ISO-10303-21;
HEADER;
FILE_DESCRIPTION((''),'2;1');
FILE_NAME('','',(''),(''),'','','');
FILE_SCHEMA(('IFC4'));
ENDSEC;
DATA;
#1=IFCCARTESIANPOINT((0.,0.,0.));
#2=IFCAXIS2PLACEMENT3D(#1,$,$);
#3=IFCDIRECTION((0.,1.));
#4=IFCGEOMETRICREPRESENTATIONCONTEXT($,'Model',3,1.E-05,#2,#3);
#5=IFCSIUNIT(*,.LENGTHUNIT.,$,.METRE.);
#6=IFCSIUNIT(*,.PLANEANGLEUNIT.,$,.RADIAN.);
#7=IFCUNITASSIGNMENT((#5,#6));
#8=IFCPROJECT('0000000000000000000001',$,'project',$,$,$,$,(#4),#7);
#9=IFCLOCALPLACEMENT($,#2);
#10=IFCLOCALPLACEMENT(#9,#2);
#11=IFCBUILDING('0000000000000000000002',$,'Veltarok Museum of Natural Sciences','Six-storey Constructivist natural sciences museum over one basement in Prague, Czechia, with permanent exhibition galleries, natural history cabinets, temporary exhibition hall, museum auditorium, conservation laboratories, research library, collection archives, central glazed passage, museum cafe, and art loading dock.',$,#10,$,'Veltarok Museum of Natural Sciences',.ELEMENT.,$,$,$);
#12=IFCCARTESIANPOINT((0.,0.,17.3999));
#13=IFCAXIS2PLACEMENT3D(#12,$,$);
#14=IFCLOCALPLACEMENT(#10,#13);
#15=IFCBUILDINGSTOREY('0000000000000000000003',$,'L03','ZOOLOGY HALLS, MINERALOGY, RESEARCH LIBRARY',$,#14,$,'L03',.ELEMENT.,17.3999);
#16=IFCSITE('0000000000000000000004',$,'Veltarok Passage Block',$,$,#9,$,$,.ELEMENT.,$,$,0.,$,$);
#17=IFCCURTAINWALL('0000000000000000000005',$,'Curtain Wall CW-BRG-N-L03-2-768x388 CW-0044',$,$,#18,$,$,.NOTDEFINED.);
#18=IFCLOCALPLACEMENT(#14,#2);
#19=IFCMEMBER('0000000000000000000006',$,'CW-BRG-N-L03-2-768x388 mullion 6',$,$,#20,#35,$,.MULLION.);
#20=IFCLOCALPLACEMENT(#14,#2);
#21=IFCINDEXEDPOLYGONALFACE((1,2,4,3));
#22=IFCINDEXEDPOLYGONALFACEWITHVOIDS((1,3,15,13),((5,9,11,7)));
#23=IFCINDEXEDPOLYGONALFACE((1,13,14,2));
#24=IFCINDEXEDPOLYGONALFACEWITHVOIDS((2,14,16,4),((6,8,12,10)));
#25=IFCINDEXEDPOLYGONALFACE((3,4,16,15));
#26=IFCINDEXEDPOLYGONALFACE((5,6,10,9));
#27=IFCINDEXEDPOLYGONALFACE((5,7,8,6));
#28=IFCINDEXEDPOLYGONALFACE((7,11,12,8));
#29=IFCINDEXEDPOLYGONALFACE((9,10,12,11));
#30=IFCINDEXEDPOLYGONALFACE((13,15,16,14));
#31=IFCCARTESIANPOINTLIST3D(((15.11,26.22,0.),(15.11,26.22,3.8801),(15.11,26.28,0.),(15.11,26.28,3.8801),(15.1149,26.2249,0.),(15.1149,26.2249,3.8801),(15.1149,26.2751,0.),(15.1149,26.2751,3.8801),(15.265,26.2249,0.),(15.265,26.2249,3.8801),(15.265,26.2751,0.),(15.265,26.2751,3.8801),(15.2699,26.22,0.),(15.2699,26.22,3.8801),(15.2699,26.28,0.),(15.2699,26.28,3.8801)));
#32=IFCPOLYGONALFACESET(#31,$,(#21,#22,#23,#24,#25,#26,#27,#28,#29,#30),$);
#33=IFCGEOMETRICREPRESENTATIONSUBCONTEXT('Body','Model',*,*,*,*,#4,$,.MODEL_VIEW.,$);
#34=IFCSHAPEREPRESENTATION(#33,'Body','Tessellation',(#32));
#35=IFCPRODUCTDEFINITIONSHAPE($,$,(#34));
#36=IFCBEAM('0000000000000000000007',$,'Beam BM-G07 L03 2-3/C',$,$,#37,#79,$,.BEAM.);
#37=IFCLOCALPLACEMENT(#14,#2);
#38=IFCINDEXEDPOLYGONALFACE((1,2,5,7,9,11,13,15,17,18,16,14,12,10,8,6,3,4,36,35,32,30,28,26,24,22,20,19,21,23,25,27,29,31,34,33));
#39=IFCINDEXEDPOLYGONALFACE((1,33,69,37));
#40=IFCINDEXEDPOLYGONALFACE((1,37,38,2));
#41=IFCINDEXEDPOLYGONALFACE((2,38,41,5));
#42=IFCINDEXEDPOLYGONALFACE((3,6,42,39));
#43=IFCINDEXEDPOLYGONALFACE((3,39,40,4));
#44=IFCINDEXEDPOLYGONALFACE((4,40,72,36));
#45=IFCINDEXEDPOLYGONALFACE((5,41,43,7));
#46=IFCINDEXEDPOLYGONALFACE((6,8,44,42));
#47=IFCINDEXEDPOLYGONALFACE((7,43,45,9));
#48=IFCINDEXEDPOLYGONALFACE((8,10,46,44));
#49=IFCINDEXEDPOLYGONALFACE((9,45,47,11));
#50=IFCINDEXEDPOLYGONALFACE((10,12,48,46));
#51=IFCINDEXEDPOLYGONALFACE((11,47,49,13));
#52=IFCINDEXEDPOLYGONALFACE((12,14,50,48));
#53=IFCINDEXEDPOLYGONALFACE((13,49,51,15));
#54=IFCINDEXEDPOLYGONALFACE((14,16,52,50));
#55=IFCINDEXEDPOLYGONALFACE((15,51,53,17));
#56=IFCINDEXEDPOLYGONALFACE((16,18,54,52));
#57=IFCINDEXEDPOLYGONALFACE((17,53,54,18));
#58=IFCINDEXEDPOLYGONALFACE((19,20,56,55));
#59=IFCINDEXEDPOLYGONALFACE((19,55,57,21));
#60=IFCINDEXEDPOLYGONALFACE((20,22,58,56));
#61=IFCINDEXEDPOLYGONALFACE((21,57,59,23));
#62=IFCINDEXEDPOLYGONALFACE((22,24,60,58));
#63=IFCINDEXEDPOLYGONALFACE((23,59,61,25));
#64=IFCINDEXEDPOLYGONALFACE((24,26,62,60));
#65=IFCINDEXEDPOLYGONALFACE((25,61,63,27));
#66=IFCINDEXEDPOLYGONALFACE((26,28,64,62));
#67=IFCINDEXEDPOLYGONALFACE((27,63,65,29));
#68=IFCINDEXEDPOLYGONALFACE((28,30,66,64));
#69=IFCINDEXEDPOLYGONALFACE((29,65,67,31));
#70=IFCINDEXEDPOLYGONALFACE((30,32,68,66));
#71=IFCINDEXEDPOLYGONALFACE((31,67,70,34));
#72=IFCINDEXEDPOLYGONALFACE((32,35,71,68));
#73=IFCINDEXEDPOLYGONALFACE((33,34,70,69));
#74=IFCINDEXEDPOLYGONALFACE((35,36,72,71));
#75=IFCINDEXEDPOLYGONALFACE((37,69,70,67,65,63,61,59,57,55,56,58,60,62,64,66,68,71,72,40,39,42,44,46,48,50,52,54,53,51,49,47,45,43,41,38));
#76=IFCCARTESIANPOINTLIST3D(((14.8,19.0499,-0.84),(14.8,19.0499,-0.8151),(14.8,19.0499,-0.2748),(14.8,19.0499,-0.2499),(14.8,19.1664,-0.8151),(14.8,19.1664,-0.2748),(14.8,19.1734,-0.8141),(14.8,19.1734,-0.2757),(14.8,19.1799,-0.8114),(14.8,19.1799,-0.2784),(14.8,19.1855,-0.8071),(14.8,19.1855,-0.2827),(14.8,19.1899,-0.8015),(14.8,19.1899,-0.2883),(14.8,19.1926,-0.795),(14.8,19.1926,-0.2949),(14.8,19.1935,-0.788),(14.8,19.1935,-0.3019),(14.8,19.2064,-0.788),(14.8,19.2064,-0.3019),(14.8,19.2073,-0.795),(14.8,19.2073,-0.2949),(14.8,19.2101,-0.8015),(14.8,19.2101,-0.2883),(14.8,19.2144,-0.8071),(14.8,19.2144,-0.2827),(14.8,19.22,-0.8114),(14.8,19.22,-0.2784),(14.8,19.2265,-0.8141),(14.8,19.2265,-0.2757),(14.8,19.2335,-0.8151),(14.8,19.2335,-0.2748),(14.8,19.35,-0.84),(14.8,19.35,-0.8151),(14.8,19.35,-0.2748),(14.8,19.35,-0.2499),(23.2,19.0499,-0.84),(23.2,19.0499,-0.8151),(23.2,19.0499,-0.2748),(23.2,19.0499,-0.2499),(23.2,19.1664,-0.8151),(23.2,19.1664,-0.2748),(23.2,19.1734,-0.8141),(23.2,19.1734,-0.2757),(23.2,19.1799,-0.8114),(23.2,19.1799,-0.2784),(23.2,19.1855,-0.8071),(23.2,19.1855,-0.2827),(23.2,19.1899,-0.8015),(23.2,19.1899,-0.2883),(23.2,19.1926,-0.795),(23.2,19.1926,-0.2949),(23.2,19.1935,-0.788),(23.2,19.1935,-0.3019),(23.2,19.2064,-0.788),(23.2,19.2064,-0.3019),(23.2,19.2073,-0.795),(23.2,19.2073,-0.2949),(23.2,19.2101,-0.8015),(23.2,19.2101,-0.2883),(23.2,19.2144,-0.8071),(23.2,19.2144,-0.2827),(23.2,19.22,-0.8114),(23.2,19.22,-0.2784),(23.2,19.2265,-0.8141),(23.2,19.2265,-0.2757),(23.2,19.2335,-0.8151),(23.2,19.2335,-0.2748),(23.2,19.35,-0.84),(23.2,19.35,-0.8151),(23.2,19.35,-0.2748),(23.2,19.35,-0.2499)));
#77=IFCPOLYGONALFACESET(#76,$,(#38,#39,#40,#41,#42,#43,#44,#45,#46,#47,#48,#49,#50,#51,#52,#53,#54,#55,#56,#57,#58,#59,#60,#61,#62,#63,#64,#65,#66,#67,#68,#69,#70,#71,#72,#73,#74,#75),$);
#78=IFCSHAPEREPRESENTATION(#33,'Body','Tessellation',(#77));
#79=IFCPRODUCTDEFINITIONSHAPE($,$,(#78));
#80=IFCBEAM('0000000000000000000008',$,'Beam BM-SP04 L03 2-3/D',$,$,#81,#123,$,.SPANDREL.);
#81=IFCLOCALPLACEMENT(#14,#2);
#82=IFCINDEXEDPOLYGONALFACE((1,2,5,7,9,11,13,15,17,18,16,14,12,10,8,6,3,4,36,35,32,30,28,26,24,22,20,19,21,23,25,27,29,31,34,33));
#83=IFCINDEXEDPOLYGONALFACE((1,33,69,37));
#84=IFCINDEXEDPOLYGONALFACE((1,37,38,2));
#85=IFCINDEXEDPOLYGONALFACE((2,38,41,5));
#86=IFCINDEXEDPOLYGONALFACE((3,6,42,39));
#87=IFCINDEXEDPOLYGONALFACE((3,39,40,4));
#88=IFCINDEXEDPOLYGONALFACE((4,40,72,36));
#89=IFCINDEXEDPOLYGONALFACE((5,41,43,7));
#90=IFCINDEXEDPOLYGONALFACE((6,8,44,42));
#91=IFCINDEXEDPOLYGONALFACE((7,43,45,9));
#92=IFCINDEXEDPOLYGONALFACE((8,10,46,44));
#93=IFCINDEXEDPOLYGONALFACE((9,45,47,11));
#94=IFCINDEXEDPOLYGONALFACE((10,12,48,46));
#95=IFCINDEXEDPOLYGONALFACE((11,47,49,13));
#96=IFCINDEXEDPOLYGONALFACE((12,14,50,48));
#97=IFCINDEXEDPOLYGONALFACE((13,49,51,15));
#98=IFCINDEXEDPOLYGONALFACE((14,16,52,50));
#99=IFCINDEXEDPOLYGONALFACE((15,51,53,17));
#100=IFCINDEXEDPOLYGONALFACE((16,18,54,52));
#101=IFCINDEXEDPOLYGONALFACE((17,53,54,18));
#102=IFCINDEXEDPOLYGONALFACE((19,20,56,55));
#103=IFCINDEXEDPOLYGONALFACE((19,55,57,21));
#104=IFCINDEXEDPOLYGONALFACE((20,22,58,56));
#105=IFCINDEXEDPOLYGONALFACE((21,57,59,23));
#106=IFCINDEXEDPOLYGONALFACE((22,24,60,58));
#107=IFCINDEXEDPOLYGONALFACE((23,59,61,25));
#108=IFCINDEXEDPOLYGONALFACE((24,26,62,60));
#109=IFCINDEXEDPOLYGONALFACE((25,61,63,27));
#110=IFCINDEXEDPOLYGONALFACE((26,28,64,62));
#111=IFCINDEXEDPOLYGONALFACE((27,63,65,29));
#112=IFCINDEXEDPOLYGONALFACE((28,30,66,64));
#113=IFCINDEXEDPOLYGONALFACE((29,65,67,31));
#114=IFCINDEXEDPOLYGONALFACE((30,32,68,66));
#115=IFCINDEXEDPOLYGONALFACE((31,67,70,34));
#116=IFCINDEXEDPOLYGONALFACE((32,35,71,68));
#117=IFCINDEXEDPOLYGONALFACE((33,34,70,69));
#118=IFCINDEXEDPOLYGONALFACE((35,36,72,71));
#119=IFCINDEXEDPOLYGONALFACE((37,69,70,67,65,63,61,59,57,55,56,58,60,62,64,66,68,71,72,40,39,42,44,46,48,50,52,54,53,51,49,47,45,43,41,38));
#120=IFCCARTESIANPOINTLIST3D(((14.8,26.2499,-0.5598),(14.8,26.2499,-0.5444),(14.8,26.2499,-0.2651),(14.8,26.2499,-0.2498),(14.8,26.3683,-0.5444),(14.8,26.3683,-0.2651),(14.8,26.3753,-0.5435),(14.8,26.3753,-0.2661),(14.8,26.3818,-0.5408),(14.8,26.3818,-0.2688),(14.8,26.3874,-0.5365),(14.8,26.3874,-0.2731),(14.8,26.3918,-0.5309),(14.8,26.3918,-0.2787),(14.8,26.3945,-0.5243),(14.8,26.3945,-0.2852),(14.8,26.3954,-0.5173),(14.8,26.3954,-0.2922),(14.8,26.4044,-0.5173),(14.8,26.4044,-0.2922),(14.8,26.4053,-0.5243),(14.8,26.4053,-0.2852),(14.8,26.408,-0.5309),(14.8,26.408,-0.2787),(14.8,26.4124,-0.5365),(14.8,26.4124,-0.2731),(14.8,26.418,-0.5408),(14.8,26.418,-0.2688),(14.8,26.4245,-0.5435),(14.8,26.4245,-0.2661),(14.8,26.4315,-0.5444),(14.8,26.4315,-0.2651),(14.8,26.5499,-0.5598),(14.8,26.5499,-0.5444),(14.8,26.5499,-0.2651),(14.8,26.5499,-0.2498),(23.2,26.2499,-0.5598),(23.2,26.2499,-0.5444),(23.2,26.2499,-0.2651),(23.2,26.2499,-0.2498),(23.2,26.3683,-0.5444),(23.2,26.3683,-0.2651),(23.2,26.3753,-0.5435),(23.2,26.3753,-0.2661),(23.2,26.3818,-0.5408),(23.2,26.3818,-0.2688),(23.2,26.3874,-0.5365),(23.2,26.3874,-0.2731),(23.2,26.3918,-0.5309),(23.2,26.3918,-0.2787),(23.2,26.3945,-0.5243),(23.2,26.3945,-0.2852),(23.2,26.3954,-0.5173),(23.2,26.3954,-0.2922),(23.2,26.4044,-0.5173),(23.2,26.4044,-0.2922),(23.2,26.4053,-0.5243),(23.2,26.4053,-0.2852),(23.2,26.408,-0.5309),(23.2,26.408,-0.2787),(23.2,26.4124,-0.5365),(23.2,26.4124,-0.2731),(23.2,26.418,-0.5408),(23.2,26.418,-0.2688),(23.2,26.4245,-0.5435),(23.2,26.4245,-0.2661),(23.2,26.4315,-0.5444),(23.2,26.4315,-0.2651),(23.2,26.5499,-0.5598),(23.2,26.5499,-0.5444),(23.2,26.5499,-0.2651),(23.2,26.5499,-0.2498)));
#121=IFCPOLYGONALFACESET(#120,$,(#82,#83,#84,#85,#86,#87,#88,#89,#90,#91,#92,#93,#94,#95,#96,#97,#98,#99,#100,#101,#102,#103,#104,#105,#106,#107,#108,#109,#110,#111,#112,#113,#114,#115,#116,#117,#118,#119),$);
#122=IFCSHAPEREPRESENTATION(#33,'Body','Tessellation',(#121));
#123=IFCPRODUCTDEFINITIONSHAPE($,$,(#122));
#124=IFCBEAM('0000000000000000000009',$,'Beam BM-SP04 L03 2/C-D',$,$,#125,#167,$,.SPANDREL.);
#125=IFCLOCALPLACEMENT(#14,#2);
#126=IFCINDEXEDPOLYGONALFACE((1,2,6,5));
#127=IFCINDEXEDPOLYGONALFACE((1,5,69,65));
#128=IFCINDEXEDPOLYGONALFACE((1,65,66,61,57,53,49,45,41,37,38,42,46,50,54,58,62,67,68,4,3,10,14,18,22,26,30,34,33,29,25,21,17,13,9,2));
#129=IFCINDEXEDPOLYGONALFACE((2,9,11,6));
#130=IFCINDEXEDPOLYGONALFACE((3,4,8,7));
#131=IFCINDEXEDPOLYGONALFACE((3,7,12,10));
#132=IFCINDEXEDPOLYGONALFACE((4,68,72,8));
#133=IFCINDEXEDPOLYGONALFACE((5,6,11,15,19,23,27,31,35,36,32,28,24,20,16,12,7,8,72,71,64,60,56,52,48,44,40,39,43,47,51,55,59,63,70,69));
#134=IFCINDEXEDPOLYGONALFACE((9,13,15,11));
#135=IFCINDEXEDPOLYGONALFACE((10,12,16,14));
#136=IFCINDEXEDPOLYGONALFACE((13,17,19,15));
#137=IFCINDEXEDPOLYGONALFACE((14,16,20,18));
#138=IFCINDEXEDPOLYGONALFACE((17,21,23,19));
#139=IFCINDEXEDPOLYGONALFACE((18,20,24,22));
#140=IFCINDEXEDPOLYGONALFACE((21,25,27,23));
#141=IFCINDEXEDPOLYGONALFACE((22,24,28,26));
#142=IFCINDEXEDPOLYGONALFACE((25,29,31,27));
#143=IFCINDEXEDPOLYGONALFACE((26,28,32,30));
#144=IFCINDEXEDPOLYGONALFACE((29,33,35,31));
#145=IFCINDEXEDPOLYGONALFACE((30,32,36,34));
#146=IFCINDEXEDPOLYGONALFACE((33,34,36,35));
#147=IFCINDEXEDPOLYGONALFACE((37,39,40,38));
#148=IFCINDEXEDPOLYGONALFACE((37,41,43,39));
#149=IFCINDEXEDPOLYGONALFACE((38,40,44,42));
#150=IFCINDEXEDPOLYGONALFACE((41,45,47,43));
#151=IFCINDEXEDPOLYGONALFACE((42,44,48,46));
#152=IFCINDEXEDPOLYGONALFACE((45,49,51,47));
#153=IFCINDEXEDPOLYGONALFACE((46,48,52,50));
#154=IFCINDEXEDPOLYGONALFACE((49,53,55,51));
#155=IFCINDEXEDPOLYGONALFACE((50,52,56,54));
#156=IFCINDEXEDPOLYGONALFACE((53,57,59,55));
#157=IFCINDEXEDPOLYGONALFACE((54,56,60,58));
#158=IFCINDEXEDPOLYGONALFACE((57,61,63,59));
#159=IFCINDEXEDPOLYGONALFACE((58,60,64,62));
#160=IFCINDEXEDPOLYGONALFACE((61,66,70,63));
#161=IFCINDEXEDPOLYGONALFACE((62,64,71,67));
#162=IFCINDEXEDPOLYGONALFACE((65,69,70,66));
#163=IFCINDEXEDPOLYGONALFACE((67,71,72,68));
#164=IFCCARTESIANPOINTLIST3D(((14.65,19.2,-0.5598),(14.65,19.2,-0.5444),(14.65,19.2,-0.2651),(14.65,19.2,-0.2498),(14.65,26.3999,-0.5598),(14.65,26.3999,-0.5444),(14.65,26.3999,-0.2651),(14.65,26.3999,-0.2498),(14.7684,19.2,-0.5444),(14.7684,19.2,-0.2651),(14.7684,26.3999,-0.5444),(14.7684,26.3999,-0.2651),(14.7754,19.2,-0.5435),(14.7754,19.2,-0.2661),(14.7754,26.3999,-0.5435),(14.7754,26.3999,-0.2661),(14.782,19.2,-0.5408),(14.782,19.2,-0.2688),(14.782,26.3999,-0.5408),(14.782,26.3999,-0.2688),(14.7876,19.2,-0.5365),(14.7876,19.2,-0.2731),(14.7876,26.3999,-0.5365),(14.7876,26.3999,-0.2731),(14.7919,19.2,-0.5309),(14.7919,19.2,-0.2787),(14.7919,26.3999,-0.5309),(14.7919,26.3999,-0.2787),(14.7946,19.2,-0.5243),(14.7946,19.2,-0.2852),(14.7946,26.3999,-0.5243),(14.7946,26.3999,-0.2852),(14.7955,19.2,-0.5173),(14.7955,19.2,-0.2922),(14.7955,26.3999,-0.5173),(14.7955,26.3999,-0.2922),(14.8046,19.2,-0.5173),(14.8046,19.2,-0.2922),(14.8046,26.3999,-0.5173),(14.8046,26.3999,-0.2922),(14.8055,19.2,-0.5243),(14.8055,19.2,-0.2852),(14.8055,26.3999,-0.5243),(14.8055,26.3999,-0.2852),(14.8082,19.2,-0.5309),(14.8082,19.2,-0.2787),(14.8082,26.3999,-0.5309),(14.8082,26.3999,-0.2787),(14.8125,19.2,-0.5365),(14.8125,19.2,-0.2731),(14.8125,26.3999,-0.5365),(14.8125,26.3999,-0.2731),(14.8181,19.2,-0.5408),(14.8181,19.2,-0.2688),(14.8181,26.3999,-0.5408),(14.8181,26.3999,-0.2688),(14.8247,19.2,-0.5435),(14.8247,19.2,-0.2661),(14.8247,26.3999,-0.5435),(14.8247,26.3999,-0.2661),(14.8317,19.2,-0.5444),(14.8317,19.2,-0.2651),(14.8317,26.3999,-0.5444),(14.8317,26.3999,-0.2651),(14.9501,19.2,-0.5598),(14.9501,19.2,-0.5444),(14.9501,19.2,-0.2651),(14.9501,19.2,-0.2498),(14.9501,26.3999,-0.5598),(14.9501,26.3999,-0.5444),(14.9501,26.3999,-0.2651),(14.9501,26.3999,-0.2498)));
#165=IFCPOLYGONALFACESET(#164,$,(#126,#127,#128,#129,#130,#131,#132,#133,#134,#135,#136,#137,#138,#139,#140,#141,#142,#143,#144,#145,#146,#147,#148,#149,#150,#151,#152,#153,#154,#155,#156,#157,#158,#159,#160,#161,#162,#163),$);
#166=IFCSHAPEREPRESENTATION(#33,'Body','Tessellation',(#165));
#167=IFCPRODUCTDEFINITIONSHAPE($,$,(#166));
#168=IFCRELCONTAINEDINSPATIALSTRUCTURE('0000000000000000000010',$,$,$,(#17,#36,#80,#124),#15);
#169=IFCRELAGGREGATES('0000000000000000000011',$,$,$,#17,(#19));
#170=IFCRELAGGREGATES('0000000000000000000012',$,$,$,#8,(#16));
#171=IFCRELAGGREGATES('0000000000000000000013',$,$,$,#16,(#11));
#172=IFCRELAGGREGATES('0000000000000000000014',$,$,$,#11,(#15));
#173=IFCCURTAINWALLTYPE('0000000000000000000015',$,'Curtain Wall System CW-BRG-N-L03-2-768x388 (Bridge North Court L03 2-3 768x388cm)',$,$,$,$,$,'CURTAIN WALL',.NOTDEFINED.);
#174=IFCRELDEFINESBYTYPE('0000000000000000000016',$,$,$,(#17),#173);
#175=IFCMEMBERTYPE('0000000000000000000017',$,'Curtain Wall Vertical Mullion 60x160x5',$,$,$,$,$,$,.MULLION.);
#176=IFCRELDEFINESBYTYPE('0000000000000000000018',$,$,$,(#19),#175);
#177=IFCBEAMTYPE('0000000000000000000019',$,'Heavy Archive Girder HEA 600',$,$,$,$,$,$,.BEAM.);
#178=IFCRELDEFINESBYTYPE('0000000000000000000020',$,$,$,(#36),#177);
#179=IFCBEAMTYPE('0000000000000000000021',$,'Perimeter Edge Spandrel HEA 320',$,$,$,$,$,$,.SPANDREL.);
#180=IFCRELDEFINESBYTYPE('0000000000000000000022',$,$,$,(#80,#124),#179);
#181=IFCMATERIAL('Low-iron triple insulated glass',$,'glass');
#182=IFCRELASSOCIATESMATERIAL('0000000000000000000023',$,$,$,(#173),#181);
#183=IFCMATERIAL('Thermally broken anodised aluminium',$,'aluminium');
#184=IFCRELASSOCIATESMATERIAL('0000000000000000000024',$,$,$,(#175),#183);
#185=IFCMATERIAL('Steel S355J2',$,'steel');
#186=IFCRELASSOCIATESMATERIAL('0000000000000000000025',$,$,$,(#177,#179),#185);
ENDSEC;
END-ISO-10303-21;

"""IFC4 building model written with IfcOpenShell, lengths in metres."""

from ifc_helpers import new_model, si_unit, direction, frame, origin, origin_2d, place, context, subcontext, project, spatial, hollow_rectangle, i_section, extrude, material, material_profile, profile_set, type_object, element, aggregate, save


model = new_model("IFC4")

# Units and contexts
model_context = context("Model", 3, precision=1e-05, world=origin(), true_north=direction((0.0, 1.0)))
body_context = subcontext(model_context, "Body", "Model", "MODEL_VIEW")
ifc_project = project(units=[si_unit("LENGTHUNIT", "METRE"), si_unit("PLANEANGLEUNIT", "RADIAN")], contexts=[model_context])

# Site, building, storey
site_placement = place(None, origin())
site = spatial("IfcSite", under=ifc_project, at=site_placement, Name="Veltarok Passage Block", CompositionType="ELEMENT", RefElevation=0.0)
building_placement = place(site_placement, origin())
building = spatial("IfcBuilding", under=site, at=building_placement, Name="Veltarok Museum of Natural Sciences", Description="Six-storey Constructivist natural sciences museum over one basement in Prague, Czechia, with permanent exhibition galleries, natural history cabinets, temporary exhibition hall, museum auditorium, conservation laboratories, research library, collection archives, central glazed passage, museum cafe, and art loading dock.", LongName="Veltarok Museum of Natural Sciences", CompositionType="ELEMENT")
storey_placement = place(building_placement, frame((0.0, 0.0, 17.3999)))
storey = spatial("IfcBuildingStorey", under=building, at=storey_placement, Name="L03", Description="ZOOLOGY HALLS, MINERALOGY, RESEARCH LIBRARY", LongName="L03", CompositionType="ELEMENT", Elevation=17.3999)

# Shared definitions
ifc_material_1 = material(Name="Steel S355J2", Category="steel")

# Shared definitions
ifc_material_2 = material(Name="Low-iron triple insulated glass", Category="glass")
ifc_material_3 = material(Name="Thermally broken anodised aluminium", Category="aluminium")

# Curtain wall
curtain_wall_type_1 = type_object("IfcCurtainWallType", Name="Curtain Wall System CW-BRG-N-L03-2-768x388 (Bridge North Court L03 2-3 768x388cm)", ElementType="CURTAIN WALL", PredefinedType="NOTDEFINED", material=ifc_material_2)
curtain_wall_1_placement = place(storey_placement, origin())
curtain_wall_1 = element("IfcCurtainWall", 1, at=curtain_wall_1_placement, inside=storey, type_object=curtain_wall_type_1, Name="Curtain Wall CW-BRG-N-L03-2-768x388 CW-0044", PredefinedType="NOTDEFINED")

# Member
ifc_material_profile_1 = material_profile(ifc_material_3, hollow_rectangle(XDim=0.0601, YDim=0.1599, WallThickness=0.0049, at=origin_2d()), Name="CW MULLION 60x160x5")
ifc_profile_set_1 = profile_set([ifc_material_profile_1], Name="Thermally broken anodised aluminium")
member_type_1 = type_object("IfcMemberType", Name="Curtain Wall Vertical Mullion 60x160x5", PredefinedType="MULLION", material=ifc_profile_set_1)
member_1_placement = place(storey_placement, frame((15.1899, 26.25, 0.0), z_axis=(0.0, 0.0, 1.0), x_axis=(0.0, -1.0, 0.0)))
member_1 = element("IfcMember", 2, at=member_1_placement, type_object=member_type_1, Name="CW-BRG-N-L03-2-768x388 mullion 6", PredefinedType="MULLION", context=body_context, shape_type="SweptSolid", body=[
    extrude(hollow_rectangle(XDim=0.0601, YDim=0.1599, WallThickness=0.0049, at=origin_2d()), origin(), (0.0, 0.0, 1.0), 3.8801),
])

# Beams
ifc_material_profile_2 = material_profile(ifc_material_1, i_section(OverallWidth=0.3, OverallDepth=0.5901, WebThickness=0.0129, FlangeThickness=0.0249, FilletRadius=0.0271, at=origin_2d()), Name="HEA 600")
ifc_profile_set_2 = profile_set([ifc_material_profile_2], Name="Steel S355J2")
beam_type_1 = type_object("IfcBeamType", Name="Heavy Archive Girder HEA 600", PredefinedType="BEAM", material=ifc_profile_set_2)
beam_1_placement = place(storey_placement, frame((14.8, 19.2, -0.5449), z_axis=(1.0, 0.0, 0.0), x_axis=(0.0, 1.0, 0.0)))
element("IfcBeam", 3, at=beam_1_placement, inside=storey, type_object=beam_type_1, Name="Beam BM-G07 L03 2-3/C", PredefinedType="BEAM", context=body_context, shape_type="SweptSolid", body=[
    extrude(i_section(OverallWidth=0.3, OverallDepth=0.5901, WebThickness=0.0129, FlangeThickness=0.0249, FilletRadius=0.0271, at=origin_2d()), origin(), (0.0, 0.0, 1.0), 8.3999),
])
ifc_material_profile_3 = material_profile(ifc_material_1, i_section(OverallWidth=0.3, OverallDepth=0.3101, WebThickness=0.009, FlangeThickness=0.0154, FilletRadius=0.0271, at=origin_2d()), Name="HEA 320")
ifc_profile_set_3 = profile_set([ifc_material_profile_3], Name="Steel S355J2")
beam_type_2 = type_object("IfcBeamType", Name="Perimeter Edge Spandrel HEA 320", PredefinedType="SPANDREL", material=ifc_profile_set_3)
beam_2_placement = place(storey_placement, frame((14.8, 26.3999, -0.4048), z_axis=(1.0, 0.0, 0.0), x_axis=(0.0, 1.0, 0.0)))
element("IfcBeam", 4, at=beam_2_placement, inside=storey, type_object=beam_type_2, Name="Beam BM-SP04 L03 2-3/D", PredefinedType="SPANDREL", context=body_context, shape_type="SweptSolid", body=[
    extrude(i_section(OverallWidth=0.3, OverallDepth=0.3101, WebThickness=0.009, FlangeThickness=0.0154, FilletRadius=0.0271, at=origin_2d()), origin(), (0.0, 0.0, 1.0), 8.3999),
])
beam_3_placement = place(storey_placement, frame((14.8, 19.2, -0.4048), z_axis=(0.0, 1.0, 0.0), x_axis=(-1.0, 0.0, 0.0)))
element("IfcBeam", 5, at=beam_3_placement, inside=storey, type_object=beam_type_2, Name="Beam BM-SP04 L03 2/C-D", PredefinedType="SPANDREL", context=body_context, shape_type="SweptSolid", body=[
    extrude(i_section(OverallWidth=0.3, OverallDepth=0.3101, WebThickness=0.009, FlangeThickness=0.0154, FilletRadius=0.0271, at=origin_2d()), origin(), (0.0, 0.0, 1.0), 7.2),
])

aggregate(curtain_wall_1, [member_1])

save(model, "model.ifc")
